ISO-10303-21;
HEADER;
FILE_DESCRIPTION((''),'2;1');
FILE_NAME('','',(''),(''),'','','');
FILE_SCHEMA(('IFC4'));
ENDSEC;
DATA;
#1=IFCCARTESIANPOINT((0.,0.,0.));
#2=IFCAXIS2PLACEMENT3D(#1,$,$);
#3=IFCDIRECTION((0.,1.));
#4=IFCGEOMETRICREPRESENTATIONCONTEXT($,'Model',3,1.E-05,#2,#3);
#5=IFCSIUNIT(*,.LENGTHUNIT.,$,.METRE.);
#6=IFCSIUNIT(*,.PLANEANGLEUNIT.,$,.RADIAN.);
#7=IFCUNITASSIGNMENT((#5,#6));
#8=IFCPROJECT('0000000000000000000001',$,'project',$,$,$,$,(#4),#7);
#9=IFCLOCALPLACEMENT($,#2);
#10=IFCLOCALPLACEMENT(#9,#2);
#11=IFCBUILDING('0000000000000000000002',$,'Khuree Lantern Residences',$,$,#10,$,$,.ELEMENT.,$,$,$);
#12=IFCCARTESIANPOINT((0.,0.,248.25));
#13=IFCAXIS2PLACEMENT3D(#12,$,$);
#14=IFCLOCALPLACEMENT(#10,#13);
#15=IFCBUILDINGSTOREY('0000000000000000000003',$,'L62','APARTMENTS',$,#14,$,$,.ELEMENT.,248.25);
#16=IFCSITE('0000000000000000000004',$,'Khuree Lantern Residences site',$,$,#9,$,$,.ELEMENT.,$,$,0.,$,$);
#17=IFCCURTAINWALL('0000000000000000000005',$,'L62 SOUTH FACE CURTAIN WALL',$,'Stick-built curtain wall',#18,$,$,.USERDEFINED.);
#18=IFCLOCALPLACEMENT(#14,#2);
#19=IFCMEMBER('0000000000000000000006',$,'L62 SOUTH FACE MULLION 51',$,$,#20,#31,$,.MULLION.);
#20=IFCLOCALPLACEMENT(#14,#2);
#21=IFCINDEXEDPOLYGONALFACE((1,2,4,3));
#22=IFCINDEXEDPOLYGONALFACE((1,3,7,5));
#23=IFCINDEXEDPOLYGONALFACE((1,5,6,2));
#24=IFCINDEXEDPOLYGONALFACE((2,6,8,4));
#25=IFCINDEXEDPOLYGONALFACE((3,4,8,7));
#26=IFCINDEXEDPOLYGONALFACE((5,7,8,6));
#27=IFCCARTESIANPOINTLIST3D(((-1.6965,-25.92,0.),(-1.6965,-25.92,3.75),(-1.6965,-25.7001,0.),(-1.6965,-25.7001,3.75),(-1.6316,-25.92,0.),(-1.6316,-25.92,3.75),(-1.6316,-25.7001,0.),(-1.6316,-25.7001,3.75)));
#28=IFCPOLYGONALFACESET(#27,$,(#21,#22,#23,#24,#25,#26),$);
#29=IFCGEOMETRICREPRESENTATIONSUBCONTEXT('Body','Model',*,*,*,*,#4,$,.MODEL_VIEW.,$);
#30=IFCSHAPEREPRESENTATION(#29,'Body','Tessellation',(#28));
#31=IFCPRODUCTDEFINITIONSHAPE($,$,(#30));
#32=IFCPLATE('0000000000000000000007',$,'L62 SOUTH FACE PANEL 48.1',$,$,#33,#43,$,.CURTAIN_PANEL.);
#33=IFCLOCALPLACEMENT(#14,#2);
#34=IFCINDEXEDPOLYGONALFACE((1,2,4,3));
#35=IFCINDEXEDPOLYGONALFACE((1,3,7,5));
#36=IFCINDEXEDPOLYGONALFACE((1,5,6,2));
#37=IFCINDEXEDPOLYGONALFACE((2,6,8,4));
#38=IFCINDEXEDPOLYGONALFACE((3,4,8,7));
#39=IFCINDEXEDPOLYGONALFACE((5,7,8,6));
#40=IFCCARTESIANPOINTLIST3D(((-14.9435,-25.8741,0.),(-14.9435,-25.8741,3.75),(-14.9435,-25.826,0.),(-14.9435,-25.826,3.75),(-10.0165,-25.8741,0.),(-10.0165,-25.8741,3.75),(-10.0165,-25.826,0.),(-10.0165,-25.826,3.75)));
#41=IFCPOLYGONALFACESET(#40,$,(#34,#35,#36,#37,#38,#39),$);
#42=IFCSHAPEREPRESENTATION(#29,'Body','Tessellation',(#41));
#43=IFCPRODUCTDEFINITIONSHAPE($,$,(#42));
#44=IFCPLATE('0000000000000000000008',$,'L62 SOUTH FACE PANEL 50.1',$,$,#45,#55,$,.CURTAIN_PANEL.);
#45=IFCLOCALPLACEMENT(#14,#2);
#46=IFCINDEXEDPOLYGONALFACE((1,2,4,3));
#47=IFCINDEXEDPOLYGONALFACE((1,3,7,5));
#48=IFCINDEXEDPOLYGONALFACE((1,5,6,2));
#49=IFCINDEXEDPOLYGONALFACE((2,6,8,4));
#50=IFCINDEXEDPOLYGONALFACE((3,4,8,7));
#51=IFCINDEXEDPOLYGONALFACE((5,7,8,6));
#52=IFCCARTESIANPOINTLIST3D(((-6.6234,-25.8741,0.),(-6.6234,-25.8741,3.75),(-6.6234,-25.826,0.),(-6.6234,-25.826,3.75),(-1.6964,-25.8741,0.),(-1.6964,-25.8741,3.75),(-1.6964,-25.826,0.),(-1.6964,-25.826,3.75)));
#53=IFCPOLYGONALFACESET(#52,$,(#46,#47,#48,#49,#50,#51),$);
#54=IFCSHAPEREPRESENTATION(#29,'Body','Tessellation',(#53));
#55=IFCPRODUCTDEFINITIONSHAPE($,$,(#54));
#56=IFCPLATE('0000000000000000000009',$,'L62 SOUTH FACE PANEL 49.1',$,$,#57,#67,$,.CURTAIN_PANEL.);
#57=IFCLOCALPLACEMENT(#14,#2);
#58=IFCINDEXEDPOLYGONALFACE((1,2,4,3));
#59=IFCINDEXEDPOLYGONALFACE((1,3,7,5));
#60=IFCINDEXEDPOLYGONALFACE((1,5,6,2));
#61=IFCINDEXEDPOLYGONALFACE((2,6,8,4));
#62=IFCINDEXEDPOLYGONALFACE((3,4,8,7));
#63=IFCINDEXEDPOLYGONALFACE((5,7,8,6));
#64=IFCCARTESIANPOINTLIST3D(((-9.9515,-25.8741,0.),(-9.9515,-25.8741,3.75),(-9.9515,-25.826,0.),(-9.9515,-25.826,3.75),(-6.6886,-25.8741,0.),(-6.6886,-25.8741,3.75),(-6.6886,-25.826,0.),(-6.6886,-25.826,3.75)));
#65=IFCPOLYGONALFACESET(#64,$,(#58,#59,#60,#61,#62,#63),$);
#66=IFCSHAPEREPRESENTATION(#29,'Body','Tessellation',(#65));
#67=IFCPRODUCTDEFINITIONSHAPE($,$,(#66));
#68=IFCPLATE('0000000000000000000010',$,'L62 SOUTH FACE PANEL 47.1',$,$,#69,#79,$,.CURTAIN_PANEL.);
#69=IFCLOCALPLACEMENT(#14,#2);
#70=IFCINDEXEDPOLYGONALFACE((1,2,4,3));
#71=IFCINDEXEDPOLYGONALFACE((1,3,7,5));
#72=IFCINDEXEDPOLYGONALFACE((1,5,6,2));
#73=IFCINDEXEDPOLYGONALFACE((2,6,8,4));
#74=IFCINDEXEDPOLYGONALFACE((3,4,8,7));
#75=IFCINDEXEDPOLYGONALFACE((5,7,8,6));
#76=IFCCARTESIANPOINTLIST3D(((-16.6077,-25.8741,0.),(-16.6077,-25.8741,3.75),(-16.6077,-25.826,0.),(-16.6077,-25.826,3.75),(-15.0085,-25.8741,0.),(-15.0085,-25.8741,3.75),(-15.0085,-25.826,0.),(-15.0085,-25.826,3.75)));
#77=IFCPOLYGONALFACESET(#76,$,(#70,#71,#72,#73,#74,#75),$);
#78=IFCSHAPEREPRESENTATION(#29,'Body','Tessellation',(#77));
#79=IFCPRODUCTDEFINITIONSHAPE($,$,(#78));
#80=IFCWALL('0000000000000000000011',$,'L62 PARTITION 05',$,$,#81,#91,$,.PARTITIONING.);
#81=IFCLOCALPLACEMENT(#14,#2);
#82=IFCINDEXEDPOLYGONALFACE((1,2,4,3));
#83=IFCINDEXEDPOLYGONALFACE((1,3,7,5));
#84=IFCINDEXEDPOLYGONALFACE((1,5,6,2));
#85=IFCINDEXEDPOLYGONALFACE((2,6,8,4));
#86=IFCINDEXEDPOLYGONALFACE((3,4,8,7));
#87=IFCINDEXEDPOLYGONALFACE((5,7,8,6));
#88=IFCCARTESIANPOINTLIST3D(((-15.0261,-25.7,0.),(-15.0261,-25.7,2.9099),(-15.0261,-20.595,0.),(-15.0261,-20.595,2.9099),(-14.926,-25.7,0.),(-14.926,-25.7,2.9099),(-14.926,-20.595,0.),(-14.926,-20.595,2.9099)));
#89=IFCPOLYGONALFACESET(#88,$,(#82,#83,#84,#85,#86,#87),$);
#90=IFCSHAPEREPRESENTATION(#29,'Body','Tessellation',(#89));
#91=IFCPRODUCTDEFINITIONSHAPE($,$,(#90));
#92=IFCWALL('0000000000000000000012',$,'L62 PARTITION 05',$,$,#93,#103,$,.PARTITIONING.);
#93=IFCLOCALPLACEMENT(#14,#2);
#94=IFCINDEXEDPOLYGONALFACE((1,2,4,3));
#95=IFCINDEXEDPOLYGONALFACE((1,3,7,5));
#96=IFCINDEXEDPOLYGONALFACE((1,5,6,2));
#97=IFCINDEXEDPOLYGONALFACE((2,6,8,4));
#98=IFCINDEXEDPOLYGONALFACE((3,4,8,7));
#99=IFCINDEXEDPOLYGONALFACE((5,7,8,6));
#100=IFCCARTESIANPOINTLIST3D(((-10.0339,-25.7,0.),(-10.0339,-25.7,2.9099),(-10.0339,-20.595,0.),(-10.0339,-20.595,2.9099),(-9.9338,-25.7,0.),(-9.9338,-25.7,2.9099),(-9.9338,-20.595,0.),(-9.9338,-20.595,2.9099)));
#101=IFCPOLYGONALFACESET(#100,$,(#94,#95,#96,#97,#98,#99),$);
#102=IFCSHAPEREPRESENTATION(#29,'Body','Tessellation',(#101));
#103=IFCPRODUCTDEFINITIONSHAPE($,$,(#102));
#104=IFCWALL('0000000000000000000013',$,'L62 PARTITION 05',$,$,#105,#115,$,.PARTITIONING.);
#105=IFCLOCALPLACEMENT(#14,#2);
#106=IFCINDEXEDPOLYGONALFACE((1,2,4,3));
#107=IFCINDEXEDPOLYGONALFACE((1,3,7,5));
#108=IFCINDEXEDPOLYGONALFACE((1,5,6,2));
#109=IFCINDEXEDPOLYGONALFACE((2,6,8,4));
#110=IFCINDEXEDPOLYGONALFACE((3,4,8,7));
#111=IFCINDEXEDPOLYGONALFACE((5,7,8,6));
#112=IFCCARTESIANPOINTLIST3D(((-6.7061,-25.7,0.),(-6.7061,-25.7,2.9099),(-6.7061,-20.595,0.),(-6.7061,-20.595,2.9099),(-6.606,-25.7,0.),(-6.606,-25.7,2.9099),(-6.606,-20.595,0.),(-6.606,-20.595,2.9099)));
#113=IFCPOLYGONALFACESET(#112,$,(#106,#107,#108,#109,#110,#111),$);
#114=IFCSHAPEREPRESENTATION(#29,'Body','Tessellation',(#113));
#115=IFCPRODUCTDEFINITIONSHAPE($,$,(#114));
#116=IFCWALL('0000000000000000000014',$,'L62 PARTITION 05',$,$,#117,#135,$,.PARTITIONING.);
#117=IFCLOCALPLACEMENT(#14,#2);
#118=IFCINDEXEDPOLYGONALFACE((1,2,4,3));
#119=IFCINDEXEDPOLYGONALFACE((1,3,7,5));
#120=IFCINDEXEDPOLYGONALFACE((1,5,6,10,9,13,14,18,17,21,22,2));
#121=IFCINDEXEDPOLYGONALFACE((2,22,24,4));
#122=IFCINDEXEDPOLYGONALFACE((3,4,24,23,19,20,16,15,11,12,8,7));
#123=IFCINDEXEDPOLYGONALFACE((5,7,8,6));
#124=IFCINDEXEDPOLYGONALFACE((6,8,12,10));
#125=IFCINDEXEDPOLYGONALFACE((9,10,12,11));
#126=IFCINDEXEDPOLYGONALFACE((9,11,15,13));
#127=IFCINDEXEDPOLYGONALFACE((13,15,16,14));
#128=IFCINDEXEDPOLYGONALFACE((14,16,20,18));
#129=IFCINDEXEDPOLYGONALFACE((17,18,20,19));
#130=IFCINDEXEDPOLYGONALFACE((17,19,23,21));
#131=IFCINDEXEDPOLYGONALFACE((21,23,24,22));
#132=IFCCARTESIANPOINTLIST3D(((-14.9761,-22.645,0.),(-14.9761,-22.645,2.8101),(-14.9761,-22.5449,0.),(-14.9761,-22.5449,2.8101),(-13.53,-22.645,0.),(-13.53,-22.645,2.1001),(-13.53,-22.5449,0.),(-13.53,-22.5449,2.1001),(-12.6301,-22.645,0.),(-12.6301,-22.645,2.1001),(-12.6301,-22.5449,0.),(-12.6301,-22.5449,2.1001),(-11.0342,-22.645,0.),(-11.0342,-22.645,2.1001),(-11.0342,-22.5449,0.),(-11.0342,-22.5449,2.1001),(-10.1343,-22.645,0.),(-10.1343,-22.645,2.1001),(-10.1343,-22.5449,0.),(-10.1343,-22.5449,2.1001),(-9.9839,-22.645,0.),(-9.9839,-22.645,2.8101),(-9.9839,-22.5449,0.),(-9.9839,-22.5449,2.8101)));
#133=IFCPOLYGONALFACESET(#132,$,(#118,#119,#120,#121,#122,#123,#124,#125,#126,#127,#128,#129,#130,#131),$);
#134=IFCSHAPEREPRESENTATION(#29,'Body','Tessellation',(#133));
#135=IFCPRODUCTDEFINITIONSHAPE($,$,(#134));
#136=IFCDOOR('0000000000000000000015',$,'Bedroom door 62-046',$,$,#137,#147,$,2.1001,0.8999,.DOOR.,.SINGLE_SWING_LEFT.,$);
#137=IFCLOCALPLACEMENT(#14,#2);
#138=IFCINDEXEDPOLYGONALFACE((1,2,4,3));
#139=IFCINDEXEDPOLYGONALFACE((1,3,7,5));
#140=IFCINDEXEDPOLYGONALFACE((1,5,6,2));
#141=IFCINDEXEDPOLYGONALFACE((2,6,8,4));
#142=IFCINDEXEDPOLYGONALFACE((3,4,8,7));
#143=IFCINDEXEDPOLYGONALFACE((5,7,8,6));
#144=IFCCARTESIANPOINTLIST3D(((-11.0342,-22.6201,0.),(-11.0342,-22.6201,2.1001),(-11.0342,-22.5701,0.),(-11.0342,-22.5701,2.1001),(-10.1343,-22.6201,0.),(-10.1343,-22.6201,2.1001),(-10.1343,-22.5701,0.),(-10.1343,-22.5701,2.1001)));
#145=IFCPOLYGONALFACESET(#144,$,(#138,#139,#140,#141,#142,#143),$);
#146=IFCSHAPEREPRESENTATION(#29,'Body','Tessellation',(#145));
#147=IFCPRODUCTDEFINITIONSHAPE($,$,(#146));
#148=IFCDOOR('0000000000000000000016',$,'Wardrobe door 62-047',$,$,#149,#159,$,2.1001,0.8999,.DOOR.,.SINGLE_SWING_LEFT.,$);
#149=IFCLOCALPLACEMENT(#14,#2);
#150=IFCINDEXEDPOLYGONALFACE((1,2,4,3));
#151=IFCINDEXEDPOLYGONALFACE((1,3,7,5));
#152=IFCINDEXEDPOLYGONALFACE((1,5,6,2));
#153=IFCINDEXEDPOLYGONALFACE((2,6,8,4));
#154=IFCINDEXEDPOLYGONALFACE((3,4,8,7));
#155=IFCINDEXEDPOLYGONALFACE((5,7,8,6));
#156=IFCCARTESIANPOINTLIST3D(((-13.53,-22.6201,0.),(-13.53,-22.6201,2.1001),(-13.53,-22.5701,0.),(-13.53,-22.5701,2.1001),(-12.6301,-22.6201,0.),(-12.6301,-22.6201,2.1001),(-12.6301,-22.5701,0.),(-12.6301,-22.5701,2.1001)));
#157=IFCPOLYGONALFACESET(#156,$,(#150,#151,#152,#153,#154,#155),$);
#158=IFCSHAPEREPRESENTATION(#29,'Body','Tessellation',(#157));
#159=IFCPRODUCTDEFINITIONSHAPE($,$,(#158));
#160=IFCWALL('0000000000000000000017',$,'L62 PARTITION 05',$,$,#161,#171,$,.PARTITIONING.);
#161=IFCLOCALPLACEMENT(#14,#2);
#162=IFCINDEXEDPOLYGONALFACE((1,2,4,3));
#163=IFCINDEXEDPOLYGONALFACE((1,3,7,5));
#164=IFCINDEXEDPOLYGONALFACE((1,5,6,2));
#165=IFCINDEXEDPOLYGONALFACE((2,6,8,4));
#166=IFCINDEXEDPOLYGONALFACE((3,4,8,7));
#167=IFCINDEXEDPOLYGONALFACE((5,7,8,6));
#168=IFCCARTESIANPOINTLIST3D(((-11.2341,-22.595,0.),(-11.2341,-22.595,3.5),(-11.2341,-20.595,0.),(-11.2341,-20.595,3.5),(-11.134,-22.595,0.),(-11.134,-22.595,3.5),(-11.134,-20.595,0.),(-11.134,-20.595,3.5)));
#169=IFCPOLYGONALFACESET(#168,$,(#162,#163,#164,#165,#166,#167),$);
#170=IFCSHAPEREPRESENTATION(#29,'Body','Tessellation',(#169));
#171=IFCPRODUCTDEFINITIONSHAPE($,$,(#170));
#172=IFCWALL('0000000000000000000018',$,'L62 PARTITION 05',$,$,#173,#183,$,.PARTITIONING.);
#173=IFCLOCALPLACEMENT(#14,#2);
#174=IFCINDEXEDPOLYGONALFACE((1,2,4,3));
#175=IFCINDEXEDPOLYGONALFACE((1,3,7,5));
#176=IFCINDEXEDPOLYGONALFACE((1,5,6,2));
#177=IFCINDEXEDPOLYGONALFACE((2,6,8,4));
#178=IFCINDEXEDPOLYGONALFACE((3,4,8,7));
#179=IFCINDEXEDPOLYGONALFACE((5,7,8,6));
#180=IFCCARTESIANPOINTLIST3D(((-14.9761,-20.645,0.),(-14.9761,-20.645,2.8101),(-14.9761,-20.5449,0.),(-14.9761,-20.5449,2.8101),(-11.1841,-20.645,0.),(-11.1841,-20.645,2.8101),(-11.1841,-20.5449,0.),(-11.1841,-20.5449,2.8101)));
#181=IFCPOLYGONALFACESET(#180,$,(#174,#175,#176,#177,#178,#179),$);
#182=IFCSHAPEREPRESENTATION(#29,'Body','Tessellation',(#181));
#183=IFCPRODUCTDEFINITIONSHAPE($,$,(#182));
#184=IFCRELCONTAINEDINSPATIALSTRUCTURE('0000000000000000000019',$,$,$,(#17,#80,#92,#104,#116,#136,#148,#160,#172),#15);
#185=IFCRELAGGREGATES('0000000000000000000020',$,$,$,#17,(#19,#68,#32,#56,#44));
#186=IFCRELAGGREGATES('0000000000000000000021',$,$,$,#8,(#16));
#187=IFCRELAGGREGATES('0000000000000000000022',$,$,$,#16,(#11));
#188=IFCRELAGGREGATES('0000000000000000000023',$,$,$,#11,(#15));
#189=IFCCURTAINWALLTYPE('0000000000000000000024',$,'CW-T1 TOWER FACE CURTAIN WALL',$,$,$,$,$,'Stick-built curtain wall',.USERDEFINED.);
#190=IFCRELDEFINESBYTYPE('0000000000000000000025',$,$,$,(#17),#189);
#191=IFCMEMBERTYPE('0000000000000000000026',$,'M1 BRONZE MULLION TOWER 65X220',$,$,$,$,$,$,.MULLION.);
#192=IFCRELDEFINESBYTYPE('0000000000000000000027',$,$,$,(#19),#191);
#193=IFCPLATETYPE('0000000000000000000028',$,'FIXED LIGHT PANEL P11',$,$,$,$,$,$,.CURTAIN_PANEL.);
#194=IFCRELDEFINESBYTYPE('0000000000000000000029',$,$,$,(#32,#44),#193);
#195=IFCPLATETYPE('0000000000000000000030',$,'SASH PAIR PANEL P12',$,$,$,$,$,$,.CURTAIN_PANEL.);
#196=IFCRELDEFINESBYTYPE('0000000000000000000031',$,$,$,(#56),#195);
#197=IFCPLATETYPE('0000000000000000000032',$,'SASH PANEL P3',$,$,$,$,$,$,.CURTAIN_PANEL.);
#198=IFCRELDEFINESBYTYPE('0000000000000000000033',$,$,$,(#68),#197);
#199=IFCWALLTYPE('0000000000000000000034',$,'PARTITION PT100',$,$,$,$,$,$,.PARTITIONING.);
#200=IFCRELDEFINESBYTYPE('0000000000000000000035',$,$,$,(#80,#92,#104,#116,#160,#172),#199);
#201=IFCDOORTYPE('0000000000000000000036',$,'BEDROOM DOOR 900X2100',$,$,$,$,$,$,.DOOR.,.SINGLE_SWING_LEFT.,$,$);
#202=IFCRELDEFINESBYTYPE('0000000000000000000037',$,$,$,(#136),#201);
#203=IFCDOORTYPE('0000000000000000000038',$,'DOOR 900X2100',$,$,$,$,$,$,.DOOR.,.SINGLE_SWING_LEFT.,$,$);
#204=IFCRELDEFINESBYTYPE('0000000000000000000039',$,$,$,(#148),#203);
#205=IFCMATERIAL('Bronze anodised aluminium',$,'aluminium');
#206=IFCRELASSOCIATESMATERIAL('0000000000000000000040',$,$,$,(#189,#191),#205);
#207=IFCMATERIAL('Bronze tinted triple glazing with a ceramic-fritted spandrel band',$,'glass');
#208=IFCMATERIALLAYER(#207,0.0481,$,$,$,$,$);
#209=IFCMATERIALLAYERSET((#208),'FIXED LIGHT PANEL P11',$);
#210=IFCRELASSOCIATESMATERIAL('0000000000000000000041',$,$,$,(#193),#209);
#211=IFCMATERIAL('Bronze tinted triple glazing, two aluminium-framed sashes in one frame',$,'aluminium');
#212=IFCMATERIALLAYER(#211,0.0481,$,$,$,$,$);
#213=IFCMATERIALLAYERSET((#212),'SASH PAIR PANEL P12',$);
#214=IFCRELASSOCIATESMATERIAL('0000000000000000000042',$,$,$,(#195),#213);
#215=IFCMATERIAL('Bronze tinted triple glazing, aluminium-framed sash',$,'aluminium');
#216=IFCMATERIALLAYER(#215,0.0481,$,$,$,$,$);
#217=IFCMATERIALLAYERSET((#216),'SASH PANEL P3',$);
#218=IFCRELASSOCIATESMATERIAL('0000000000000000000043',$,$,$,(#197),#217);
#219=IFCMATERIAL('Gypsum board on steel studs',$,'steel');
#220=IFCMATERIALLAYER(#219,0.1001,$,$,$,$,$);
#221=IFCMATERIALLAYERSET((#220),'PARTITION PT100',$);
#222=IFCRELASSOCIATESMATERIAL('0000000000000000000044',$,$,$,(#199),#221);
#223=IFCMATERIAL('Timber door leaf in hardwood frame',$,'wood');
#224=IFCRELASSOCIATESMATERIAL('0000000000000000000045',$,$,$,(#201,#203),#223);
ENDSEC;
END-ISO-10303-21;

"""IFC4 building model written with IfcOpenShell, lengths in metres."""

from ifc_helpers import new_model, si_unit, direction, frame, frame_2d, origin, origin_2d, place, context, subcontext, project, spatial, rectangle, extrude, material, layer, layer_set, material_profile, profile_set, type_object, element, fill, aggregate, save


model = new_model("IFC4")

# Units and contexts
model_context = context("Model", 3, precision=1e-05, world=origin(), true_north=direction((0.0, 1.0)))
body_context = subcontext(model_context, "Body", "Model", "MODEL_VIEW")
ifc_project = project(units=[si_unit("LENGTHUNIT", "METRE"), si_unit("PLANEANGLEUNIT", "RADIAN")], contexts=[model_context])

# Site, building, storey
site_placement = place(None, origin())
site = spatial("IfcSite", under=ifc_project, at=site_placement, Name="Khuree Lantern Residences site", CompositionType="ELEMENT", RefElevation=0.0)
building_placement = place(site_placement, origin())
building = spatial("IfcBuilding", under=site, at=building_placement, Name="Khuree Lantern Residences", CompositionType="ELEMENT")
storey_placement = place(building_placement, frame((0.0, 0.0, 248.25)))
storey = spatial("IfcBuildingStorey", under=building, at=storey_placement, Name="L62", Description="APARTMENTS", CompositionType="ELEMENT", Elevation=248.25)

# Curtain wall
ifc_material_1 = material(Name="Bronze anodised aluminium", Category="aluminium")
curtain_wall_type = type_object("IfcCurtainWallType", Name="CW-T1 TOWER FACE CURTAIN WALL", ElementType="Stick-built curtain wall", PredefinedType="USERDEFINED", material=ifc_material_1)
curtain_wall_placement = place(storey_placement, origin())
curtain_wall = element("IfcCurtainWall", 1, at=curtain_wall_placement, inside=storey, type_object=curtain_wall_type, Name="L62 SOUTH FACE CURTAIN WALL", ObjectType="Stick-built curtain wall", PredefinedType="USERDEFINED")

# Member
ifc_material_profile_1 = material_profile(ifc_material_1, rectangle(XDim=0.0649, YDim=0.22, at=origin_2d()), Name="M1 65X220")
ifc_profile_set_1 = profile_set([ifc_material_profile_1], Name="Bronze anodised aluminium")
member_type_1 = type_object("IfcMemberType", Name="M1 BRONZE MULLION TOWER 65X220", PredefinedType="MULLION", material=ifc_profile_set_1)
member_1_placement = place(storey_placement, frame((-1.6641, -25.8101, 0.0), z_axis=(0.0, 0.0, 1.0), x_axis=(1.0, 0.0, 0.0)))
member_1 = element("IfcMember", 2, at=member_1_placement, type_object=member_type_1, Name="L62 SOUTH FACE MULLION 51", PredefinedType="MULLION", context=body_context, shape_type="SweptSolid", body=[
    extrude(rectangle(XDim=0.0649, YDim=0.22, at=origin_2d()), origin(), (0.0, 0.0, 1.0), 3.75),
])

# Plates
ifc_material_2 = material(Name="Bronze tinted triple glazing with a ceramic-fritted spandrel band", Category="glass")
ifc_layer_1 = layer(ifc_material_2, 0.0481)
ifc_layer_set_1 = layer_set([ifc_layer_1], Name="FIXED LIGHT PANEL P11")
plate_type_1 = type_object("IfcPlateType", Name="FIXED LIGHT PANEL P11", PredefinedType="CURTAIN_PANEL", material=ifc_layer_set_1)
plate_1_placement = place(storey_placement, frame((-12.48, -25.8501, 0.0), z_axis=(0.0, 0.0, 1.0), x_axis=(1.0, 0.0, 0.0)))
plate_1 = element("IfcPlate", 3, at=plate_1_placement, type_object=plate_type_1, Name="L62 SOUTH FACE PANEL 48.1", PredefinedType="CURTAIN_PANEL", context=body_context, shape_type="SweptSolid", body=[
    extrude(rectangle(XDim=4.927, YDim=0.0481, at=origin_2d()), origin(), (0.0, 0.0, 1.0), 3.75),
])
plate_2_placement = place(storey_placement, frame((-4.1599, -25.8501, 0.0), z_axis=(0.0, 0.0, 1.0), x_axis=(1.0, 0.0, 0.0)))
plate_2 = element("IfcPlate", 4, at=plate_2_placement, type_object=plate_type_1, Name="L62 SOUTH FACE PANEL 50.1", PredefinedType="CURTAIN_PANEL", context=body_context, shape_type="SweptSolid", body=[
    extrude(rectangle(XDim=4.927, YDim=0.0481, at=origin_2d()), origin(), (0.0, 0.0, 1.0), 3.75),
])
ifc_material_3 = material(Name="Bronze tinted triple glazing, two aluminium-framed sashes in one frame", Category="aluminium")
ifc_layer_2 = layer(ifc_material_3, 0.0481)
ifc_layer_set_2 = layer_set([ifc_layer_2], Name="SASH PAIR PANEL P12")
plate_type_2 = type_object("IfcPlateType", Name="SASH PAIR PANEL P12", PredefinedType="CURTAIN_PANEL", material=ifc_layer_set_2)
plate_3_placement = place(storey_placement, frame((-8.3201, -25.8501, 0.0), z_axis=(0.0, 0.0, 1.0), x_axis=(1.0, 0.0, 0.0)))
plate_3 = element("IfcPlate", 5, at=plate_3_placement, type_object=plate_type_2, Name="L62 SOUTH FACE PANEL 49.1", PredefinedType="CURTAIN_PANEL", context=body_context, shape_type="SweptSolid", body=[
    extrude(rectangle(XDim=3.2629, YDim=0.0481, at=origin_2d()), origin(), (0.0, 0.0, 1.0), 3.75),
])
ifc_material_4 = material(Name="Bronze tinted triple glazing, aluminium-framed sash", Category="aluminium")
ifc_layer_3 = layer(ifc_material_4, 0.0481)
ifc_layer_set_3 = layer_set([ifc_layer_3], Name="SASH PANEL P3")
plate_type_3 = type_object("IfcPlateType", Name="SASH PANEL P3", PredefinedType="CURTAIN_PANEL", material=ifc_layer_set_3)
plate_4_placement = place(storey_placement, frame((-15.8081, -25.8501, 0.0), z_axis=(0.0, 0.0, 1.0), x_axis=(1.0, 0.0, 0.0)))
plate_4 = element("IfcPlate", 6, at=plate_4_placement, type_object=plate_type_3, Name="L62 SOUTH FACE PANEL 47.1", PredefinedType="CURTAIN_PANEL", context=body_context, shape_type="SweptSolid", body=[
    extrude(rectangle(XDim=1.5991, YDim=0.0481, at=origin_2d()), origin(), (0.0, 0.0, 1.0), 3.75),
])
aggregate(curtain_wall, [member_1, plate_4, plate_1, plate_3, plate_2])

# Walls
ifc_material_5 = material(Name="Gypsum board on steel studs", Category="steel")
ifc_layer_4 = layer(ifc_material_5, 0.1001)
ifc_layer_set_4 = layer_set([ifc_layer_4], Name="PARTITION PT100")
wall_type = type_object("IfcWallType", Name="PARTITION PT100", PredefinedType="PARTITIONING", material=ifc_layer_set_4)
for number, where, z_axis, x_axis, name in (
    (7, (-14.9761, -20.595, 0.0), (0.0, 0.0, 1.0), (0.0, -1.0, 0.0), "L62 PARTITION 05"),
    (8, (-9.9839, -20.595, 0.0), (0.0, 0.0, 1.0), (0.0, -1.0, 0.0), "L62 PARTITION 05"),
    (9, (-6.656, -20.595, 0.0), (0.0, 0.0, 1.0), (0.0, -1.0, 0.0), "L62 PARTITION 05"),
):
    element("IfcWall", number, at=place(storey_placement, frame(where, z_axis=z_axis, x_axis=x_axis)), inside=storey, type_object=wall_type, Name=name, PredefinedType="PARTITIONING", context=body_context, shape_type="SweptSolid", body=[
        extrude(rectangle(XDim=5.105, YDim=0.1001, at=frame_2d((2.5525, 0.0))), origin(), (0.0, 0.0, 1.0), 2.9099),
    ])

# Wall, openings, doors
wall_1_placement = place(storey_placement, frame((-14.9761, -22.595, 0.0), z_axis=(0.0, 0.0, 1.0), x_axis=(1.0, 0.0, 0.0)))
wall_1 = element("IfcWall", 10, at=wall_1_placement, inside=storey, type_object=wall_type, Name="L62 PARTITION 05", PredefinedType="PARTITIONING", context=body_context, shape_type="SweptSolid", body=[
    extrude(rectangle(XDim=4.9922, YDim=0.1001, at=frame_2d((2.4961, 0.0))), origin(), (0.0, 0.0, 1.0), 2.8101),
])
opening_1_placement = place(wall_1_placement, frame((3.9419, 0.0, 0.0)))
opening_1 = element("IfcOpeningElement", 11, at=opening_1_placement, cuts=wall_1, PredefinedType="OPENING", context=body_context, shape_type="SweptSolid", body=[
    extrude(rectangle(XDim=0.8999, YDim=2.1001, at=frame_2d((0.45, 1.05))), frame((0.0, 0.0601, 0.0), z_axis=(0.0, -1.0, 0.0), x_axis=(1.0, 0.0, 0.0)), (0.0, 0.0, 1.0), 0.1201),
])
opening_2_placement = place(wall_1_placement, frame((1.446, 0.0, 0.0)))
opening_2 = element("IfcOpeningElement", 12, at=opening_2_placement, cuts=wall_1, PredefinedType="OPENING", context=body_context, shape_type="SweptSolid", body=[
    extrude(rectangle(XDim=0.8999, YDim=2.1001, at=frame_2d((0.45, 1.05))), frame((0.0, 0.0601, 0.0), z_axis=(0.0, -1.0, 0.0), x_axis=(1.0, 0.0, 0.0)), (0.0, 0.0, 1.0), 0.1201),
])
ifc_material_6 = material(Name="Timber door leaf in hardwood frame", Category="wood")
door_type_1 = type_object("IfcDoorType", Name="BEDROOM DOOR 900X2100", OperationType="SINGLE_SWING_LEFT", PredefinedType="DOOR", material=ifc_material_6)
door_1_placement = place(opening_1_placement, origin())
door_1 = element("IfcDoor", 13, at=door_1_placement, inside=storey, type_object=door_type_1, Name="Bedroom door 62-046", OperationType="SINGLE_SWING_LEFT", OverallHeight=2.1001, OverallWidth=0.8999, PredefinedType="DOOR", context=body_context, shape_type="SweptSolid", body=[
    extrude(rectangle(XDim=0.8999, YDim=2.1001, at=frame_2d((0.45, 1.05))), frame((0.0, 0.0249, 0.0), z_axis=(0.0, -1.0, 0.0), x_axis=(1.0, 0.0, 0.0)), (0.0, 0.0, 1.0), 0.05),
])
fill(opening_1, door_1)
door_type_2 = type_object("IfcDoorType", Name="DOOR 900X2100", OperationType="SINGLE_SWING_LEFT", PredefinedType="DOOR", material=ifc_material_6)
door_2_placement = place(opening_2_placement, origin())
door_2 = element("IfcDoor", 14, at=door_2_placement, inside=storey, type_object=door_type_2, Name="Wardrobe door 62-047", OperationType="SINGLE_SWING_LEFT", OverallHeight=2.1001, OverallWidth=0.8999, PredefinedType="DOOR", context=body_context, shape_type="SweptSolid", body=[
    extrude(rectangle(XDim=0.8999, YDim=2.1001, at=frame_2d((0.45, 1.05))), frame((0.0, 0.0249, 0.0), z_axis=(0.0, -1.0, 0.0), x_axis=(1.0, 0.0, 0.0)), (0.0, 0.0, 1.0), 0.05),
])
fill(opening_2, door_2)

# Walls
wall_2_placement = place(storey_placement, frame((-11.1841, -20.595, 0.0), z_axis=(0.0, 0.0, 1.0), x_axis=(0.0, -1.0, 0.0)))
element("IfcWall", 15, at=wall_2_placement, inside=storey, type_object=wall_type, Name="L62 PARTITION 05", PredefinedType="PARTITIONING", context=body_context, shape_type="SweptSolid", body=[
    extrude(rectangle(XDim=2.0, YDim=0.1001, at=frame_2d((1.0, 0.0))), origin(), (0.0, 0.0, 1.0), 3.5),
])
wall_3_placement = place(storey_placement, frame((-14.9761, -20.595, 0.0), z_axis=(0.0, 0.0, 1.0), x_axis=(1.0, 0.0, 0.0)))
element("IfcWall", 16, at=wall_3_placement, inside=storey, type_object=wall_type, Name="L62 PARTITION 05", PredefinedType="PARTITIONING", context=body_context, shape_type="SweptSolid", body=[
    extrude(rectangle(XDim=3.792, YDim=0.1001, at=frame_2d((1.896, 0.0))), origin(), (0.0, 0.0, 1.0), 2.8101),
])

save(model, "model.ifc")
